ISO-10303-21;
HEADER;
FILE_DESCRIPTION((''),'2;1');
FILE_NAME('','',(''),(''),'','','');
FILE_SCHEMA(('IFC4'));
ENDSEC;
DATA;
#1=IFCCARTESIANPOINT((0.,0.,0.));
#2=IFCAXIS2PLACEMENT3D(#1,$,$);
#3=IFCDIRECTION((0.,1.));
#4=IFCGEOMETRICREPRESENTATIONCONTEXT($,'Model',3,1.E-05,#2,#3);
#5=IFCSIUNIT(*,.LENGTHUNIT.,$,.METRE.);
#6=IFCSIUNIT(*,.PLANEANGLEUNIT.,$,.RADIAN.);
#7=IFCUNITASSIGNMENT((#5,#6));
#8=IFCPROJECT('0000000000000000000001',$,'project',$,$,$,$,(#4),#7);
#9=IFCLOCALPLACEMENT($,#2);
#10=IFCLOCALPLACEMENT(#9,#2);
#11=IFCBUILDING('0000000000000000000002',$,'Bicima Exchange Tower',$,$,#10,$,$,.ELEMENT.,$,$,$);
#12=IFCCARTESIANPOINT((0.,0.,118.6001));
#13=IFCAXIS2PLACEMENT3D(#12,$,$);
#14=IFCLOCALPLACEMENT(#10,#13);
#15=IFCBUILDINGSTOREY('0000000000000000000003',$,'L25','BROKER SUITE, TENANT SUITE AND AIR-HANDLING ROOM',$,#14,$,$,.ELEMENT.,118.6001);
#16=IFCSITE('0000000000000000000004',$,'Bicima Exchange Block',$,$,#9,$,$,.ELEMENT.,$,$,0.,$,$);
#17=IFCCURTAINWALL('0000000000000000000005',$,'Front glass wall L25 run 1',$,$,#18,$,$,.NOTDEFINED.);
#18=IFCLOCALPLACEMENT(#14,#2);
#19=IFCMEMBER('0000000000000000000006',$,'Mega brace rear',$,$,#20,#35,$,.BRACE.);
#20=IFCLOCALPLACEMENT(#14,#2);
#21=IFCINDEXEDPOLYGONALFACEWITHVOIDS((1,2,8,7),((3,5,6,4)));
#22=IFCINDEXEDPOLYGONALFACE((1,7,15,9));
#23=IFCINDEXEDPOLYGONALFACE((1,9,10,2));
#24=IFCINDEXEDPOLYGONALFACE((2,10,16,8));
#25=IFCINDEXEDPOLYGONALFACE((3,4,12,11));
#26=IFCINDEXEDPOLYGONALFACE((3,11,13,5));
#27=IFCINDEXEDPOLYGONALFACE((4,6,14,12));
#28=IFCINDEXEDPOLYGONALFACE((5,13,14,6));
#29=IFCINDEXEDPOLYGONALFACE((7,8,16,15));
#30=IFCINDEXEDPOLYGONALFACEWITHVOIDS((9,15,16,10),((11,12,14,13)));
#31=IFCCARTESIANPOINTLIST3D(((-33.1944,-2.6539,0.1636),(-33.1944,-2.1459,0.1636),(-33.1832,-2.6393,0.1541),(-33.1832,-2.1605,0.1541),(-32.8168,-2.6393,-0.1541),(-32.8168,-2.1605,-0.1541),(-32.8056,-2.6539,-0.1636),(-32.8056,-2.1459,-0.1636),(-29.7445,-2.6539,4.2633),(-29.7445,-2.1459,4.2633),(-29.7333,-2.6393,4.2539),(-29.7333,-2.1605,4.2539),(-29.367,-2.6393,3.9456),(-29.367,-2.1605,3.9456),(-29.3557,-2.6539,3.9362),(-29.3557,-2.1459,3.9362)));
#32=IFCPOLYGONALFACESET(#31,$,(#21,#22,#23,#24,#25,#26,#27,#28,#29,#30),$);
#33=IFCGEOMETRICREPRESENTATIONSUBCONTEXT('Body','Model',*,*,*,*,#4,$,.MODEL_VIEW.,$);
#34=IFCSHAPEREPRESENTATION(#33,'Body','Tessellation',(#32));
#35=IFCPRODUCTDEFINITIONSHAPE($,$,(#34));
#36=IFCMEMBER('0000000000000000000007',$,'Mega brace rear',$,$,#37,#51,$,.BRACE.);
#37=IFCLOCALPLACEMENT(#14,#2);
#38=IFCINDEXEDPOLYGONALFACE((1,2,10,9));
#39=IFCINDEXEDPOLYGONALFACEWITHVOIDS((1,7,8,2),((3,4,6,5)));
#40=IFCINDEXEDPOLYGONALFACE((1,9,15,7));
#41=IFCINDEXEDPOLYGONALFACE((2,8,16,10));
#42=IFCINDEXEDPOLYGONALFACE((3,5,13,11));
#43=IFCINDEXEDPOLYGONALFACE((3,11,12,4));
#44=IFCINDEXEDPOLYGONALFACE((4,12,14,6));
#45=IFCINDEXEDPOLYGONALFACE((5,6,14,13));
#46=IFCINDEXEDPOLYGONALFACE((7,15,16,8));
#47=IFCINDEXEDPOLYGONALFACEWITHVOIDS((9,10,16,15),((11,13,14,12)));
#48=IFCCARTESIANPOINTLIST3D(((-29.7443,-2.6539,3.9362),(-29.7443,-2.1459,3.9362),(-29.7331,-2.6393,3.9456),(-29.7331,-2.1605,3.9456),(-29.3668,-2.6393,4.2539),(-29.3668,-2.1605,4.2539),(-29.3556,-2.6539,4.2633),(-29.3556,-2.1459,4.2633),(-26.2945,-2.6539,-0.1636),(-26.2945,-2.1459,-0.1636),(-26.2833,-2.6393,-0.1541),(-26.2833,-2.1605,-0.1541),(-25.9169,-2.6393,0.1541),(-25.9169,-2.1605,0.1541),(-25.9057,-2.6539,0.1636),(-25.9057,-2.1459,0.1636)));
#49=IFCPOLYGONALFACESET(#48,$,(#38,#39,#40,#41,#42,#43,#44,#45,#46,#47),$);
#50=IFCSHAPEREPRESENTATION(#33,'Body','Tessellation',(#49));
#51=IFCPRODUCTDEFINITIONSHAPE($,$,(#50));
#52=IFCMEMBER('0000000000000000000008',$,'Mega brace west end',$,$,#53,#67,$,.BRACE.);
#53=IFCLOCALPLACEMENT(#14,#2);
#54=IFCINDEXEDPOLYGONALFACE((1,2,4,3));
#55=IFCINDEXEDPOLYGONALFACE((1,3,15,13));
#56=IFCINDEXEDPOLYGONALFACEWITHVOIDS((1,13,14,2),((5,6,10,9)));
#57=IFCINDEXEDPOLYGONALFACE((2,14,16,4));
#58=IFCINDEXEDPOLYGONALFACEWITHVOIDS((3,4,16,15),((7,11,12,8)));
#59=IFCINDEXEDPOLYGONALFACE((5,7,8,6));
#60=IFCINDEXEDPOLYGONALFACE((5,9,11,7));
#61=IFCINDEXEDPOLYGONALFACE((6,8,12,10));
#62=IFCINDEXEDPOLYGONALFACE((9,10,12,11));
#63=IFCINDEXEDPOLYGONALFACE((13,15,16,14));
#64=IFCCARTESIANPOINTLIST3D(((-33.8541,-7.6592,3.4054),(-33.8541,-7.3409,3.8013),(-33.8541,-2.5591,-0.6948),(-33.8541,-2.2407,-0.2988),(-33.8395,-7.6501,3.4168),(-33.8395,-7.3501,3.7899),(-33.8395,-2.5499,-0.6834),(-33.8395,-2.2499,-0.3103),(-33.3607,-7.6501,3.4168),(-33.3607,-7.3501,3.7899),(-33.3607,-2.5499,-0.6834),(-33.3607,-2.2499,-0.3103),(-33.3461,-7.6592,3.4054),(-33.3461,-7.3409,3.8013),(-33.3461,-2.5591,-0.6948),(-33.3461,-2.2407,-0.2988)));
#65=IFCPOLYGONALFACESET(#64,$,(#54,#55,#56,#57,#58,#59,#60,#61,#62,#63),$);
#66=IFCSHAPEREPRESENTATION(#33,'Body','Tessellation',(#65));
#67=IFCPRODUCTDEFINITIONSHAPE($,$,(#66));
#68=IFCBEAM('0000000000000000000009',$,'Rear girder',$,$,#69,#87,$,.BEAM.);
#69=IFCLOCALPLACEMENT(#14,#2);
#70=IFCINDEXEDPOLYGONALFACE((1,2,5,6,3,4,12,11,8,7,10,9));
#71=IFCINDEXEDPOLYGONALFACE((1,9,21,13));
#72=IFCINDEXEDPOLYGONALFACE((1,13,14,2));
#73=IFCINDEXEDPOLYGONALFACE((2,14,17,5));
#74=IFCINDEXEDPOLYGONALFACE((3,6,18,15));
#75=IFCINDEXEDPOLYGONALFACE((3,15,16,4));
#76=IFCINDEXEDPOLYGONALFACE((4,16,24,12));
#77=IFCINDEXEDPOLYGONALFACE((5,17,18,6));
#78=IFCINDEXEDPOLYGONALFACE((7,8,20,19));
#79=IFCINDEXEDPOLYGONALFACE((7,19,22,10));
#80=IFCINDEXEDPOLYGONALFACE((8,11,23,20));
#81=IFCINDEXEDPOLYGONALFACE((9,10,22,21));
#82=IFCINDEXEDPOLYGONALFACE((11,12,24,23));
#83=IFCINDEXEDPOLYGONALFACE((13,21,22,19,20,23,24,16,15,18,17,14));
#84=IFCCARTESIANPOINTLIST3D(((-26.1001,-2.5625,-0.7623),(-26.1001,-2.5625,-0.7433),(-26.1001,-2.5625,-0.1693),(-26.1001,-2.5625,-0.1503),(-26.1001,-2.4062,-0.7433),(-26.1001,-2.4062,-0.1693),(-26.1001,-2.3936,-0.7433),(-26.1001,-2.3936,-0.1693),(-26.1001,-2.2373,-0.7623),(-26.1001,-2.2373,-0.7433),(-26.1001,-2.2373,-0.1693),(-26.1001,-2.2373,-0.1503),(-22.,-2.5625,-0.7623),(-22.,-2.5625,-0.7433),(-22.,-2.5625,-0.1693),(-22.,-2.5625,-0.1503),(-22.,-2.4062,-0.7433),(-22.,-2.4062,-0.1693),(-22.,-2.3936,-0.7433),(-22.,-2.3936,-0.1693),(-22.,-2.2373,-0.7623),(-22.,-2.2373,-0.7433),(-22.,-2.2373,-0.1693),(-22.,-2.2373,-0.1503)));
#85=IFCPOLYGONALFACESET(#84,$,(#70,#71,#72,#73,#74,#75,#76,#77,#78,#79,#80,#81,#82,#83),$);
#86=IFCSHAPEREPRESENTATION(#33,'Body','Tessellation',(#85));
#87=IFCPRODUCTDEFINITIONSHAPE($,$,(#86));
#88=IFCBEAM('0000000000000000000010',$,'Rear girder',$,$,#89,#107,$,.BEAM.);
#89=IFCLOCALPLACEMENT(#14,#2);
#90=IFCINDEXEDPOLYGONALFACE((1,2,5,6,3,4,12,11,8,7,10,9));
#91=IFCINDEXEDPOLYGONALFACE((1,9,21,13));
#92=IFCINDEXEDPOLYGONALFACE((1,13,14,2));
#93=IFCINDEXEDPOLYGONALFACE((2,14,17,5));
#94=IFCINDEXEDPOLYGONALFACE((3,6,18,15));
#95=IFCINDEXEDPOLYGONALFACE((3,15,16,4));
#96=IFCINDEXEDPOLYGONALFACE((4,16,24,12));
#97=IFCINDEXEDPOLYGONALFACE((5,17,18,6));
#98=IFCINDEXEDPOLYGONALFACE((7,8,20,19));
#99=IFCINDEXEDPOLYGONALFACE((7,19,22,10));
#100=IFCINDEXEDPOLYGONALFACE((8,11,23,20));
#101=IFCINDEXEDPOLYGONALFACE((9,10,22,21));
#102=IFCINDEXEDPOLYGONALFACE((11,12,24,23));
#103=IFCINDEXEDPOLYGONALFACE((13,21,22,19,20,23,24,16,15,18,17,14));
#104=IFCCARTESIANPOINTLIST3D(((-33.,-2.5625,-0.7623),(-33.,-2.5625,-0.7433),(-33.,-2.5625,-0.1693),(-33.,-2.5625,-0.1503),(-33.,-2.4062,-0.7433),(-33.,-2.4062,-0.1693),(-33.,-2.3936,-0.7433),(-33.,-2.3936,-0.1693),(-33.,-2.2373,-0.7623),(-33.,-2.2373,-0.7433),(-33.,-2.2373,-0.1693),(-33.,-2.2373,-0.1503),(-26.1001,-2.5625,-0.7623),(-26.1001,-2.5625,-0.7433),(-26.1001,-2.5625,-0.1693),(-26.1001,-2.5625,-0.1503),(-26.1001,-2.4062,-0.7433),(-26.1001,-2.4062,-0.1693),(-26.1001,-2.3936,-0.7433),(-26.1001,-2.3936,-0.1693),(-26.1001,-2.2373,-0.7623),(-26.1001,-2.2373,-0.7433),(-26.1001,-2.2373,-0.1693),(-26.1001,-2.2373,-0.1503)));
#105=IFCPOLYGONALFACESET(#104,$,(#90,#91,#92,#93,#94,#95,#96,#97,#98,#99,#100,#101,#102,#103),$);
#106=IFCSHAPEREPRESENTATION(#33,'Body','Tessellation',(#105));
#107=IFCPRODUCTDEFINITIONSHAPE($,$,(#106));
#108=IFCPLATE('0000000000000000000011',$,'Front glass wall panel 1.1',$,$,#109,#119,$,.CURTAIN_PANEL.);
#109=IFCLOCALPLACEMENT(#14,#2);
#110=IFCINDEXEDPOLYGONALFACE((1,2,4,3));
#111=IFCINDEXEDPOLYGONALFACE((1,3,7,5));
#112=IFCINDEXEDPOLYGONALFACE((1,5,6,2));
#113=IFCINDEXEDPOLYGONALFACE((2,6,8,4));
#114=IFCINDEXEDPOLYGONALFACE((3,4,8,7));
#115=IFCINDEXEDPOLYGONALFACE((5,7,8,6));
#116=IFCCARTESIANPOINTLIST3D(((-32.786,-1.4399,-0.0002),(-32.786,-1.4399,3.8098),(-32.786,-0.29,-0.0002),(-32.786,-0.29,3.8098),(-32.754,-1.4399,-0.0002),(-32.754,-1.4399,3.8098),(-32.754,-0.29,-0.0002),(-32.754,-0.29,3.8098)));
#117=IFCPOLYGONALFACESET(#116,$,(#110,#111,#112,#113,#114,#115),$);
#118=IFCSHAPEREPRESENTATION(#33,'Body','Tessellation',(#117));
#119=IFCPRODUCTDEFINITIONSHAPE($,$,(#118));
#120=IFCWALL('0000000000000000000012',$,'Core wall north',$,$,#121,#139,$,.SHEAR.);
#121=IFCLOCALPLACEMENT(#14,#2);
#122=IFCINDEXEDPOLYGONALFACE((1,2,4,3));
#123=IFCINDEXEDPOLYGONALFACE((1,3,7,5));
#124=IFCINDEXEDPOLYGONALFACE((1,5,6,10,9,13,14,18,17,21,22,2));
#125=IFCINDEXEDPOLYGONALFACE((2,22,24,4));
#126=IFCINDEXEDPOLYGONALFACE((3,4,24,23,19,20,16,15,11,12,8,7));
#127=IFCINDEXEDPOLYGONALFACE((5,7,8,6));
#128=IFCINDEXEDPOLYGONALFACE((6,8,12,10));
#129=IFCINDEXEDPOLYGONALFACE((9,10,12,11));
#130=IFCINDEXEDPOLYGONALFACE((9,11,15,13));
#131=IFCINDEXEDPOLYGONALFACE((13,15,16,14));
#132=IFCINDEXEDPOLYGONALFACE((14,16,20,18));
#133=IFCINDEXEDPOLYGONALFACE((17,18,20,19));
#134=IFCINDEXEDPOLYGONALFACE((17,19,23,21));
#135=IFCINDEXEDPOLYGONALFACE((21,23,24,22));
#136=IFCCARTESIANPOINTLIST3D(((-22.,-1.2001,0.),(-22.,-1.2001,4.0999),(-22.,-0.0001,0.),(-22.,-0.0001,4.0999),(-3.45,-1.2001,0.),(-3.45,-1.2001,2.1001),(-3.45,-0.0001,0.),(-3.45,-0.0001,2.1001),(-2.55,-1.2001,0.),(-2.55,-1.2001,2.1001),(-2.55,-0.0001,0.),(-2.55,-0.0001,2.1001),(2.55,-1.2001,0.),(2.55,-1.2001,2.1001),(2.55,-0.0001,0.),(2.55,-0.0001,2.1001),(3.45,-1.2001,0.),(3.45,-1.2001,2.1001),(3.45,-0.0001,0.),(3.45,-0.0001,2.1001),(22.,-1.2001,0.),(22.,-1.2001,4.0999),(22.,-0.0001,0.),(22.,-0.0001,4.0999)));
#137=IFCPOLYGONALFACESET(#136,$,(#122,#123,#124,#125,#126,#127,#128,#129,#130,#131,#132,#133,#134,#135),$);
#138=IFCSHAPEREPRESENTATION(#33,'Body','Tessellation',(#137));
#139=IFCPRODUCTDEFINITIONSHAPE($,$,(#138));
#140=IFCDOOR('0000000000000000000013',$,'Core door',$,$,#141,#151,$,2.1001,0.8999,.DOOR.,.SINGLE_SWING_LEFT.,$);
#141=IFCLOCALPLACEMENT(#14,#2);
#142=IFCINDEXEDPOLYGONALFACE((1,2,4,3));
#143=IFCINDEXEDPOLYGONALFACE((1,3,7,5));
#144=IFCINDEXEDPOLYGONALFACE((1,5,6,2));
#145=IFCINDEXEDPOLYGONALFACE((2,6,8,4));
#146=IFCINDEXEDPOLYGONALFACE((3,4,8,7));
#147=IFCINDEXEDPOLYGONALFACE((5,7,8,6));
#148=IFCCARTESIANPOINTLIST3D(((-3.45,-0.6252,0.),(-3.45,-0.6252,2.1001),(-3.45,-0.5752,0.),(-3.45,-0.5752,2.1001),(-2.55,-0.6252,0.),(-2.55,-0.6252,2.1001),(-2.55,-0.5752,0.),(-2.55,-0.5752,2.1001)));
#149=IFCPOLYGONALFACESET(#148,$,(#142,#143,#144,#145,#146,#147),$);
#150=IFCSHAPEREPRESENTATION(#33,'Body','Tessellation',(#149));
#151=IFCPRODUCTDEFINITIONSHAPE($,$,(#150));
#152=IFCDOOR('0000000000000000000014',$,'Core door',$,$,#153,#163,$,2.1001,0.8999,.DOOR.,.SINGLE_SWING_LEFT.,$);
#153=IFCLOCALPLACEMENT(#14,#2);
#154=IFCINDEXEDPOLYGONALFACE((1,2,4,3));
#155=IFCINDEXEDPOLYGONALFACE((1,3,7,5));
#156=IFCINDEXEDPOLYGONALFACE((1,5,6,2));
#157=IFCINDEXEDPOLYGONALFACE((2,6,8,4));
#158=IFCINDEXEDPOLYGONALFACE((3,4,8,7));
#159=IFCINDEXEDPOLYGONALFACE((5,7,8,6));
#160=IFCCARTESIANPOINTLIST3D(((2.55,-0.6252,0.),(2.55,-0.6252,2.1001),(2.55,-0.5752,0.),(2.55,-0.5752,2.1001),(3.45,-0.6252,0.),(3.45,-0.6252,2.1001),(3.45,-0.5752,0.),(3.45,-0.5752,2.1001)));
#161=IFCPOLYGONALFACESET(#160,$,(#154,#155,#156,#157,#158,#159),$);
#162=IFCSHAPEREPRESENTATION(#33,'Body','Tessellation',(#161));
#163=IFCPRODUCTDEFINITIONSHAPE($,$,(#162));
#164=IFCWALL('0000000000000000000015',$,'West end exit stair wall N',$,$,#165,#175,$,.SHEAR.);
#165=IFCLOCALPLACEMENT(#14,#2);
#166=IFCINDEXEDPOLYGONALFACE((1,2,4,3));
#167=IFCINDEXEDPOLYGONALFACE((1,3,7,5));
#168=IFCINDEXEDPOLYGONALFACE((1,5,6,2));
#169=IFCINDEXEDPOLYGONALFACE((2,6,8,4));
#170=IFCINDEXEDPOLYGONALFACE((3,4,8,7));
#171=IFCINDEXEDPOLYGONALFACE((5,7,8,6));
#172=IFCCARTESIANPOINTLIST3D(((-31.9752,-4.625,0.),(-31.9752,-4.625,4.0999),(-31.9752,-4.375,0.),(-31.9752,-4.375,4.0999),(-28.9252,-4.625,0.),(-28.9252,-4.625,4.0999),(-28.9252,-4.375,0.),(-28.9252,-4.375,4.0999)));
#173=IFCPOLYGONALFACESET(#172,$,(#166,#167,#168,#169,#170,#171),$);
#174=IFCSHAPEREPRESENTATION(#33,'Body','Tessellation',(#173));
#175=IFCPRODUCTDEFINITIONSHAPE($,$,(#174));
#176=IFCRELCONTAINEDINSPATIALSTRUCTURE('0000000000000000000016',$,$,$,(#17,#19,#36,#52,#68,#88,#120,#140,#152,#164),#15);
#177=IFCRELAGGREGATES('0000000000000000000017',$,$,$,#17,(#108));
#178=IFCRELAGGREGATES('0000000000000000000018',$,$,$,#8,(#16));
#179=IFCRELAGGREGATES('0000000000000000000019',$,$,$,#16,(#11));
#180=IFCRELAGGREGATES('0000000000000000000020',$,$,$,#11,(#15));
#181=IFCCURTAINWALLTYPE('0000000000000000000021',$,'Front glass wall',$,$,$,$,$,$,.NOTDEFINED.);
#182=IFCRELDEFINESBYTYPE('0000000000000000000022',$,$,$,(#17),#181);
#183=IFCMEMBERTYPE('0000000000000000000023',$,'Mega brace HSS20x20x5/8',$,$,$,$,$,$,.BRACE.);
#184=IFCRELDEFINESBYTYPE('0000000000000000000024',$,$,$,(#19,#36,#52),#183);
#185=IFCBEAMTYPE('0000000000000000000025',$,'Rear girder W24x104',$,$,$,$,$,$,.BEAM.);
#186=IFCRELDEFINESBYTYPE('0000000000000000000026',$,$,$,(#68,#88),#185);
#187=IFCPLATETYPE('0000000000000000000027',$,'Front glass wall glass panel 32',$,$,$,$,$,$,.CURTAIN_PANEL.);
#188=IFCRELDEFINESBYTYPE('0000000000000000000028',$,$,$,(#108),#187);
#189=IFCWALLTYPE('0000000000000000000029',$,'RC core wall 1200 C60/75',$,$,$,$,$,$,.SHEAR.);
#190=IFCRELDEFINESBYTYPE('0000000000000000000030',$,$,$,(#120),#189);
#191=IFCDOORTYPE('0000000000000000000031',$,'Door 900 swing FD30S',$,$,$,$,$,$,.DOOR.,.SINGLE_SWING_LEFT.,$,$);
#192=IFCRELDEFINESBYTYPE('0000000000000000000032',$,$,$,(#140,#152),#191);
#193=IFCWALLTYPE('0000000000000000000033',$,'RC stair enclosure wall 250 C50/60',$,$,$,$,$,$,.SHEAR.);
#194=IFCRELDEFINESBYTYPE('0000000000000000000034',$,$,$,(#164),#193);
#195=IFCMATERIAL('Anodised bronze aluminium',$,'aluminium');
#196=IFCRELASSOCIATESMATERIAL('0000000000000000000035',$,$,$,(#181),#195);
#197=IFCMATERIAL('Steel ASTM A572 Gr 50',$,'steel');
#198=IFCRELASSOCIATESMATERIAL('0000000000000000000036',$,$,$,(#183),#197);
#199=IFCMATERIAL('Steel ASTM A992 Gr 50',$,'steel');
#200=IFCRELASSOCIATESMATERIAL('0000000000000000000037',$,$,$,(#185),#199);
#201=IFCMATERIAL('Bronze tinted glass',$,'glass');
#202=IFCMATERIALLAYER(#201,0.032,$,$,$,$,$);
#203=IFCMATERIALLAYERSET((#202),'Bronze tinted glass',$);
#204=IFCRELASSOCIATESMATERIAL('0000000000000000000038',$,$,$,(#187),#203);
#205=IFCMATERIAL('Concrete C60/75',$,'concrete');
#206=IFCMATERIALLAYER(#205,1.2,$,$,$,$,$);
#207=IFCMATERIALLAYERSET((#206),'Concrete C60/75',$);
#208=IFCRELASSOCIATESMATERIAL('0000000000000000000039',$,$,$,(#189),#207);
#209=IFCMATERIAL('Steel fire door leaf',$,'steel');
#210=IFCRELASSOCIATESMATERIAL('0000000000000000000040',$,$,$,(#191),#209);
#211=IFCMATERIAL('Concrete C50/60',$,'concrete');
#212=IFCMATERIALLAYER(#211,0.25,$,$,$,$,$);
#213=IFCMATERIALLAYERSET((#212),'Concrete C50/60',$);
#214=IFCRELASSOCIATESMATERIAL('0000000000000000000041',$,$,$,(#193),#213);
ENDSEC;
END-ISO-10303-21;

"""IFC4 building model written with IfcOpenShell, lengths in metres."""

from ifc_helpers import new_model, si_unit, direction, frame, frame_2d, origin, origin_2d, place, context, subcontext, project, spatial, rectangle, hollow_rectangle, i_section, extrude, material, layer, layer_set, material_profile, profile_set, type_object, element, fill, aggregate, save


model = new_model("IFC4")

# Units and contexts
model_context = context("Model", 3, precision=1e-05, world=origin(), true_north=direction((0.0, 1.0)))
body_context = subcontext(model_context, "Body", "Model", "MODEL_VIEW")
ifc_project = project(units=[si_unit("LENGTHUNIT", "METRE"), si_unit("PLANEANGLEUNIT", "RADIAN")], contexts=[model_context])

# Site, building, storey
site_placement = place(None, origin())
site = spatial("IfcSite", under=ifc_project, at=site_placement, Name="Bicima Exchange Block", CompositionType="ELEMENT", RefElevation=0.0)
building_placement = place(site_placement, origin())
building = spatial("IfcBuilding", under=site, at=building_placement, Name="Bicima Exchange Tower", CompositionType="ELEMENT")
storey_placement = place(building_placement, frame((0.0, 0.0, 118.6001)))
storey = spatial("IfcBuildingStorey", under=building, at=storey_placement, Name="L25", Description="BROKER SUITE, TENANT SUITE AND AIR-HANDLING ROOM", CompositionType="ELEMENT", Elevation=118.6001)

# Shared definitions
ifc_material_1 = material(Name="Steel ASTM A572 Gr 50", Category="steel")
ifc_material_2 = material(Name="Steel ASTM A992 Gr 50", Category="steel")

# Curtain wall
ifc_material_3 = material(Name="Anodised bronze aluminium", Category="aluminium")
curtain_wall_type = type_object("IfcCurtainWallType", Name="Front glass wall", PredefinedType="NOTDEFINED", material=ifc_material_3)
curtain_wall_placement = place(storey_placement, origin())
curtain_wall = element("IfcCurtainWall", 1, at=curtain_wall_placement, inside=storey, type_object=curtain_wall_type, Name="Front glass wall L25 run 1", PredefinedType="NOTDEFINED")

# Members
ifc_material_profile_1 = material_profile(ifc_material_1, hollow_rectangle(XDim=0.5081, YDim=0.5081, WallThickness=0.0146, at=origin_2d()))
ifc_profile_set_1 = profile_set([ifc_material_profile_1], Name="Steel ASTM A572 Gr 50")
member_type_1 = type_object("IfcMemberType", Name="Mega brace HSS20x20x5/8", PredefinedType="BRACE", material=ifc_profile_set_1)
for number, where, z_axis, x_axis, name in (
    (2, (-33.0, -2.3999, 0.0), (0.643856, 0.0, 0.765146), (0.0, 1.0, 0.0), "Mega brace rear"),
    (3, (-26.1001, -2.3999, 0.0), (-0.643856, 0.0, 0.765146), (0.0, -1.0, 0.0), "Mega brace rear"),
):
    element("IfcMember", number, at=place(storey_placement, frame(where, z_axis=z_axis, x_axis=x_axis)), inside=storey, type_object=member_type_1, Name=name, PredefinedType="BRACE", context=body_context, shape_type="SweptSolid", body=[
        extrude(hollow_rectangle(XDim=0.5081, YDim=0.5081, WallThickness=0.0146, at=origin_2d()), origin(), (0.0, 0.0, 1.0), 5.3582),
    ])
member_1_placement = place(storey_placement, frame((-33.6001, -2.3999, -0.4968), z_axis=(0.0, -0.779374, 0.626559), x_axis=(1.0, 0.0, 0.0)))
element("IfcMember", 4, at=member_1_placement, inside=storey, type_object=member_type_1, Name="Mega brace west end", PredefinedType="BRACE", context=body_context, shape_type="SweptSolid", body=[
    extrude(hollow_rectangle(XDim=0.5081, YDim=0.5081, WallThickness=0.0146, at=origin_2d()), origin(), (0.0, 0.0, 1.0), 6.5439),
])

# Beams
ifc_material_profile_2 = material_profile(ifc_material_2, i_section(OverallWidth=0.3252, OverallDepth=0.6121, WebThickness=0.0127, FlangeThickness=0.019, at=origin_2d()))
ifc_profile_set_2 = profile_set([ifc_material_profile_2], Name="Steel ASTM A992 Gr 50")
beam_type_1 = type_object("IfcBeamType", Name="Rear girder W24x104", PredefinedType="BEAM", material=ifc_profile_set_2)
beam_1_placement = place(storey_placement, frame((-22.0, -2.3999, -0.4563), z_axis=(-1.0, 0.0, 0.0), x_axis=(0.0, -1.0, 0.0)))
element("IfcBeam", 5, at=beam_1_placement, inside=storey, type_object=beam_type_1, Name="Rear girder", PredefinedType="BEAM", context=body_context, shape_type="SweptSolid", body=[
    extrude(i_section(OverallWidth=0.3252, OverallDepth=0.6121, WebThickness=0.0127, FlangeThickness=0.019, at=origin_2d()), origin(), (0.0, 0.0, 1.0), 4.1001),
])
beam_2_placement = place(storey_placement, frame((-26.1001, -2.3999, -0.4563), z_axis=(-1.0, 0.0, 0.0), x_axis=(0.0, -1.0, 0.0)))
element("IfcBeam", 6, at=beam_2_placement, inside=storey, type_object=beam_type_1, Name="Rear girder", PredefinedType="BEAM", context=body_context, shape_type="SweptSolid", body=[
    extrude(i_section(OverallWidth=0.3252, OverallDepth=0.6121, WebThickness=0.0127, FlangeThickness=0.019, at=origin_2d()), origin(), (0.0, 0.0, 1.0), 6.8999),
])

# Plate
ifc_material_4 = material(Name="Bronze tinted glass", Category="glass")
ifc_layer_1 = layer(ifc_material_4, 0.032)
ifc_layer_set_1 = layer_set([ifc_layer_1], Name="Bronze tinted glass")
plate_type = type_object("IfcPlateType", Name="Front glass wall glass panel 32", PredefinedType="CURTAIN_PANEL", material=ifc_layer_set_1)
plate_placement = place(storey_placement, frame((-32.77, -0.865, -0.0002), z_axis=(0.0, 0.0, 1.0), x_axis=(0.0, -1.0, 0.0)))
plate = element("IfcPlate", 7, at=plate_placement, type_object=plate_type, Name="Front glass wall panel 1.1", PredefinedType="CURTAIN_PANEL", context=body_context, shape_type="SweptSolid", body=[
    extrude(rectangle(XDim=1.1499, YDim=0.032, at=origin_2d()), origin(), (0.0, 0.0, 1.0), 3.8101),
])
aggregate(curtain_wall, [plate])

# Wall, openings, doors
ifc_material_5 = material(Name="Concrete C60/75", Category="concrete")
ifc_layer_2 = layer(ifc_material_5, 1.2)
ifc_layer_set_2 = layer_set([ifc_layer_2], Name="Concrete C60/75")
wall_type_1 = type_object("IfcWallType", Name="RC core wall 1200 C60/75", PredefinedType="SHEAR", material=ifc_layer_set_2)
wall_1_placement = place(storey_placement, frame((-22.0, -0.6001, 0.0), z_axis=(0.0, 0.0, 1.0), x_axis=(1.0, 0.0, 0.0)))
wall_1 = element("IfcWall", 8, at=wall_1_placement, inside=storey, type_object=wall_type_1, Name="Core wall north", PredefinedType="SHEAR", context=body_context, shape_type="SweptSolid", body=[
    extrude(rectangle(XDim=44.0, YDim=1.2, at=frame_2d((22.0, 0.0))), origin(), (0.0, 0.0, 1.0), 4.0999),
])
opening_1_placement = place(wall_1_placement, frame((18.55, 0.0, 0.0)))
opening_1 = element("IfcOpeningElement", 9, at=opening_1_placement, cuts=wall_1, PredefinedType="OPENING", context=body_context, shape_type="SweptSolid", body=[
    extrude(rectangle(XDim=0.8999, YDim=2.1001, at=frame_2d((0.45, 1.05))), frame((0.0, 0.6118, 0.0), z_axis=(0.0, -1.0, 0.0), x_axis=(1.0, 0.0, 0.0)), (0.0, 0.0, 1.0), 1.2239),
])
opening_2_placement = place(wall_1_placement, frame((24.55, 0.0, 0.0)))
opening_2 = element("IfcOpeningElement", 10, at=opening_2_placement, cuts=wall_1, PredefinedType="OPENING", context=body_context, shape_type="SweptSolid", body=[
    extrude(rectangle(XDim=0.8999, YDim=2.1001, at=frame_2d((0.45, 1.05))), frame((0.0, 0.6118, 0.0), z_axis=(0.0, -1.0, 0.0), x_axis=(1.0, 0.0, 0.0)), (0.0, 0.0, 1.0), 1.2239),
])
ifc_material_6 = material(Name="Steel fire door leaf", Category="steel")
door_type = type_object("IfcDoorType", Name="Door 900 swing FD30S", OperationType="SINGLE_SWING_LEFT", PredefinedType="DOOR", material=ifc_material_6)
door_1_placement = place(opening_1_placement, origin())
door_1 = element("IfcDoor", 11, at=door_1_placement, inside=storey, type_object=door_type, Name="Core door", OperationType="SINGLE_SWING_LEFT", OverallHeight=2.1001, OverallWidth=0.8999, PredefinedType="DOOR", context=body_context, shape_type="SweptSolid", body=[
    extrude(rectangle(XDim=0.8999, YDim=2.1001, at=frame_2d((0.45, 1.05))), frame((0.0, 0.0249, 0.0), z_axis=(0.0, -1.0, 0.0), x_axis=(1.0, 0.0, 0.0)), (0.0, 0.0, 1.0), 0.05),
])
fill(opening_1, door_1)
door_2_placement = place(opening_2_placement, origin())
door_2 = element("IfcDoor", 12, at=door_2_placement, inside=storey, type_object=door_type, Name="Core door", OperationType="SINGLE_SWING_LEFT", OverallHeight=2.1001, OverallWidth=0.8999, PredefinedType="DOOR", context=body_context, shape_type="SweptSolid", body=[
    extrude(rectangle(XDim=0.8999, YDim=2.1001, at=frame_2d((0.45, 1.05))), frame((0.0, 0.0249, 0.0), z_axis=(0.0, -1.0, 0.0), x_axis=(1.0, 0.0, 0.0)), (0.0, 0.0, 1.0), 0.05),
])
fill(opening_2, door_2)

# Wall
ifc_material_7 = material(Name="Concrete C50/60", Category="concrete")
ifc_layer_3 = layer(ifc_material_7, 0.25)
ifc_layer_set_3 = layer_set([ifc_layer_3], Name="Concrete C50/60")
wall_type_2 = type_object("IfcWallType", Name="RC stair enclosure wall 250 C50/60", PredefinedType="SHEAR", material=ifc_layer_set_3)
wall_2_placement = place(storey_placement, frame((-31.9751, -4.5, 0.0), z_axis=(0.0, 0.0, 1.0), x_axis=(1.0, 0.0, 0.0)))
element("IfcWall", 13, at=wall_2_placement, inside=storey, type_object=wall_type_2, Name="West end exit stair wall N", PredefinedType="SHEAR", context=body_context, shape_type="SweptSolid", body=[
    extrude(rectangle(XDim=3.05, YDim=0.25, at=frame_2d((1.5249, 0.0))), origin(), (0.0, 0.0, 1.0), 4.0999),
])

save(model, "model.ifc")
